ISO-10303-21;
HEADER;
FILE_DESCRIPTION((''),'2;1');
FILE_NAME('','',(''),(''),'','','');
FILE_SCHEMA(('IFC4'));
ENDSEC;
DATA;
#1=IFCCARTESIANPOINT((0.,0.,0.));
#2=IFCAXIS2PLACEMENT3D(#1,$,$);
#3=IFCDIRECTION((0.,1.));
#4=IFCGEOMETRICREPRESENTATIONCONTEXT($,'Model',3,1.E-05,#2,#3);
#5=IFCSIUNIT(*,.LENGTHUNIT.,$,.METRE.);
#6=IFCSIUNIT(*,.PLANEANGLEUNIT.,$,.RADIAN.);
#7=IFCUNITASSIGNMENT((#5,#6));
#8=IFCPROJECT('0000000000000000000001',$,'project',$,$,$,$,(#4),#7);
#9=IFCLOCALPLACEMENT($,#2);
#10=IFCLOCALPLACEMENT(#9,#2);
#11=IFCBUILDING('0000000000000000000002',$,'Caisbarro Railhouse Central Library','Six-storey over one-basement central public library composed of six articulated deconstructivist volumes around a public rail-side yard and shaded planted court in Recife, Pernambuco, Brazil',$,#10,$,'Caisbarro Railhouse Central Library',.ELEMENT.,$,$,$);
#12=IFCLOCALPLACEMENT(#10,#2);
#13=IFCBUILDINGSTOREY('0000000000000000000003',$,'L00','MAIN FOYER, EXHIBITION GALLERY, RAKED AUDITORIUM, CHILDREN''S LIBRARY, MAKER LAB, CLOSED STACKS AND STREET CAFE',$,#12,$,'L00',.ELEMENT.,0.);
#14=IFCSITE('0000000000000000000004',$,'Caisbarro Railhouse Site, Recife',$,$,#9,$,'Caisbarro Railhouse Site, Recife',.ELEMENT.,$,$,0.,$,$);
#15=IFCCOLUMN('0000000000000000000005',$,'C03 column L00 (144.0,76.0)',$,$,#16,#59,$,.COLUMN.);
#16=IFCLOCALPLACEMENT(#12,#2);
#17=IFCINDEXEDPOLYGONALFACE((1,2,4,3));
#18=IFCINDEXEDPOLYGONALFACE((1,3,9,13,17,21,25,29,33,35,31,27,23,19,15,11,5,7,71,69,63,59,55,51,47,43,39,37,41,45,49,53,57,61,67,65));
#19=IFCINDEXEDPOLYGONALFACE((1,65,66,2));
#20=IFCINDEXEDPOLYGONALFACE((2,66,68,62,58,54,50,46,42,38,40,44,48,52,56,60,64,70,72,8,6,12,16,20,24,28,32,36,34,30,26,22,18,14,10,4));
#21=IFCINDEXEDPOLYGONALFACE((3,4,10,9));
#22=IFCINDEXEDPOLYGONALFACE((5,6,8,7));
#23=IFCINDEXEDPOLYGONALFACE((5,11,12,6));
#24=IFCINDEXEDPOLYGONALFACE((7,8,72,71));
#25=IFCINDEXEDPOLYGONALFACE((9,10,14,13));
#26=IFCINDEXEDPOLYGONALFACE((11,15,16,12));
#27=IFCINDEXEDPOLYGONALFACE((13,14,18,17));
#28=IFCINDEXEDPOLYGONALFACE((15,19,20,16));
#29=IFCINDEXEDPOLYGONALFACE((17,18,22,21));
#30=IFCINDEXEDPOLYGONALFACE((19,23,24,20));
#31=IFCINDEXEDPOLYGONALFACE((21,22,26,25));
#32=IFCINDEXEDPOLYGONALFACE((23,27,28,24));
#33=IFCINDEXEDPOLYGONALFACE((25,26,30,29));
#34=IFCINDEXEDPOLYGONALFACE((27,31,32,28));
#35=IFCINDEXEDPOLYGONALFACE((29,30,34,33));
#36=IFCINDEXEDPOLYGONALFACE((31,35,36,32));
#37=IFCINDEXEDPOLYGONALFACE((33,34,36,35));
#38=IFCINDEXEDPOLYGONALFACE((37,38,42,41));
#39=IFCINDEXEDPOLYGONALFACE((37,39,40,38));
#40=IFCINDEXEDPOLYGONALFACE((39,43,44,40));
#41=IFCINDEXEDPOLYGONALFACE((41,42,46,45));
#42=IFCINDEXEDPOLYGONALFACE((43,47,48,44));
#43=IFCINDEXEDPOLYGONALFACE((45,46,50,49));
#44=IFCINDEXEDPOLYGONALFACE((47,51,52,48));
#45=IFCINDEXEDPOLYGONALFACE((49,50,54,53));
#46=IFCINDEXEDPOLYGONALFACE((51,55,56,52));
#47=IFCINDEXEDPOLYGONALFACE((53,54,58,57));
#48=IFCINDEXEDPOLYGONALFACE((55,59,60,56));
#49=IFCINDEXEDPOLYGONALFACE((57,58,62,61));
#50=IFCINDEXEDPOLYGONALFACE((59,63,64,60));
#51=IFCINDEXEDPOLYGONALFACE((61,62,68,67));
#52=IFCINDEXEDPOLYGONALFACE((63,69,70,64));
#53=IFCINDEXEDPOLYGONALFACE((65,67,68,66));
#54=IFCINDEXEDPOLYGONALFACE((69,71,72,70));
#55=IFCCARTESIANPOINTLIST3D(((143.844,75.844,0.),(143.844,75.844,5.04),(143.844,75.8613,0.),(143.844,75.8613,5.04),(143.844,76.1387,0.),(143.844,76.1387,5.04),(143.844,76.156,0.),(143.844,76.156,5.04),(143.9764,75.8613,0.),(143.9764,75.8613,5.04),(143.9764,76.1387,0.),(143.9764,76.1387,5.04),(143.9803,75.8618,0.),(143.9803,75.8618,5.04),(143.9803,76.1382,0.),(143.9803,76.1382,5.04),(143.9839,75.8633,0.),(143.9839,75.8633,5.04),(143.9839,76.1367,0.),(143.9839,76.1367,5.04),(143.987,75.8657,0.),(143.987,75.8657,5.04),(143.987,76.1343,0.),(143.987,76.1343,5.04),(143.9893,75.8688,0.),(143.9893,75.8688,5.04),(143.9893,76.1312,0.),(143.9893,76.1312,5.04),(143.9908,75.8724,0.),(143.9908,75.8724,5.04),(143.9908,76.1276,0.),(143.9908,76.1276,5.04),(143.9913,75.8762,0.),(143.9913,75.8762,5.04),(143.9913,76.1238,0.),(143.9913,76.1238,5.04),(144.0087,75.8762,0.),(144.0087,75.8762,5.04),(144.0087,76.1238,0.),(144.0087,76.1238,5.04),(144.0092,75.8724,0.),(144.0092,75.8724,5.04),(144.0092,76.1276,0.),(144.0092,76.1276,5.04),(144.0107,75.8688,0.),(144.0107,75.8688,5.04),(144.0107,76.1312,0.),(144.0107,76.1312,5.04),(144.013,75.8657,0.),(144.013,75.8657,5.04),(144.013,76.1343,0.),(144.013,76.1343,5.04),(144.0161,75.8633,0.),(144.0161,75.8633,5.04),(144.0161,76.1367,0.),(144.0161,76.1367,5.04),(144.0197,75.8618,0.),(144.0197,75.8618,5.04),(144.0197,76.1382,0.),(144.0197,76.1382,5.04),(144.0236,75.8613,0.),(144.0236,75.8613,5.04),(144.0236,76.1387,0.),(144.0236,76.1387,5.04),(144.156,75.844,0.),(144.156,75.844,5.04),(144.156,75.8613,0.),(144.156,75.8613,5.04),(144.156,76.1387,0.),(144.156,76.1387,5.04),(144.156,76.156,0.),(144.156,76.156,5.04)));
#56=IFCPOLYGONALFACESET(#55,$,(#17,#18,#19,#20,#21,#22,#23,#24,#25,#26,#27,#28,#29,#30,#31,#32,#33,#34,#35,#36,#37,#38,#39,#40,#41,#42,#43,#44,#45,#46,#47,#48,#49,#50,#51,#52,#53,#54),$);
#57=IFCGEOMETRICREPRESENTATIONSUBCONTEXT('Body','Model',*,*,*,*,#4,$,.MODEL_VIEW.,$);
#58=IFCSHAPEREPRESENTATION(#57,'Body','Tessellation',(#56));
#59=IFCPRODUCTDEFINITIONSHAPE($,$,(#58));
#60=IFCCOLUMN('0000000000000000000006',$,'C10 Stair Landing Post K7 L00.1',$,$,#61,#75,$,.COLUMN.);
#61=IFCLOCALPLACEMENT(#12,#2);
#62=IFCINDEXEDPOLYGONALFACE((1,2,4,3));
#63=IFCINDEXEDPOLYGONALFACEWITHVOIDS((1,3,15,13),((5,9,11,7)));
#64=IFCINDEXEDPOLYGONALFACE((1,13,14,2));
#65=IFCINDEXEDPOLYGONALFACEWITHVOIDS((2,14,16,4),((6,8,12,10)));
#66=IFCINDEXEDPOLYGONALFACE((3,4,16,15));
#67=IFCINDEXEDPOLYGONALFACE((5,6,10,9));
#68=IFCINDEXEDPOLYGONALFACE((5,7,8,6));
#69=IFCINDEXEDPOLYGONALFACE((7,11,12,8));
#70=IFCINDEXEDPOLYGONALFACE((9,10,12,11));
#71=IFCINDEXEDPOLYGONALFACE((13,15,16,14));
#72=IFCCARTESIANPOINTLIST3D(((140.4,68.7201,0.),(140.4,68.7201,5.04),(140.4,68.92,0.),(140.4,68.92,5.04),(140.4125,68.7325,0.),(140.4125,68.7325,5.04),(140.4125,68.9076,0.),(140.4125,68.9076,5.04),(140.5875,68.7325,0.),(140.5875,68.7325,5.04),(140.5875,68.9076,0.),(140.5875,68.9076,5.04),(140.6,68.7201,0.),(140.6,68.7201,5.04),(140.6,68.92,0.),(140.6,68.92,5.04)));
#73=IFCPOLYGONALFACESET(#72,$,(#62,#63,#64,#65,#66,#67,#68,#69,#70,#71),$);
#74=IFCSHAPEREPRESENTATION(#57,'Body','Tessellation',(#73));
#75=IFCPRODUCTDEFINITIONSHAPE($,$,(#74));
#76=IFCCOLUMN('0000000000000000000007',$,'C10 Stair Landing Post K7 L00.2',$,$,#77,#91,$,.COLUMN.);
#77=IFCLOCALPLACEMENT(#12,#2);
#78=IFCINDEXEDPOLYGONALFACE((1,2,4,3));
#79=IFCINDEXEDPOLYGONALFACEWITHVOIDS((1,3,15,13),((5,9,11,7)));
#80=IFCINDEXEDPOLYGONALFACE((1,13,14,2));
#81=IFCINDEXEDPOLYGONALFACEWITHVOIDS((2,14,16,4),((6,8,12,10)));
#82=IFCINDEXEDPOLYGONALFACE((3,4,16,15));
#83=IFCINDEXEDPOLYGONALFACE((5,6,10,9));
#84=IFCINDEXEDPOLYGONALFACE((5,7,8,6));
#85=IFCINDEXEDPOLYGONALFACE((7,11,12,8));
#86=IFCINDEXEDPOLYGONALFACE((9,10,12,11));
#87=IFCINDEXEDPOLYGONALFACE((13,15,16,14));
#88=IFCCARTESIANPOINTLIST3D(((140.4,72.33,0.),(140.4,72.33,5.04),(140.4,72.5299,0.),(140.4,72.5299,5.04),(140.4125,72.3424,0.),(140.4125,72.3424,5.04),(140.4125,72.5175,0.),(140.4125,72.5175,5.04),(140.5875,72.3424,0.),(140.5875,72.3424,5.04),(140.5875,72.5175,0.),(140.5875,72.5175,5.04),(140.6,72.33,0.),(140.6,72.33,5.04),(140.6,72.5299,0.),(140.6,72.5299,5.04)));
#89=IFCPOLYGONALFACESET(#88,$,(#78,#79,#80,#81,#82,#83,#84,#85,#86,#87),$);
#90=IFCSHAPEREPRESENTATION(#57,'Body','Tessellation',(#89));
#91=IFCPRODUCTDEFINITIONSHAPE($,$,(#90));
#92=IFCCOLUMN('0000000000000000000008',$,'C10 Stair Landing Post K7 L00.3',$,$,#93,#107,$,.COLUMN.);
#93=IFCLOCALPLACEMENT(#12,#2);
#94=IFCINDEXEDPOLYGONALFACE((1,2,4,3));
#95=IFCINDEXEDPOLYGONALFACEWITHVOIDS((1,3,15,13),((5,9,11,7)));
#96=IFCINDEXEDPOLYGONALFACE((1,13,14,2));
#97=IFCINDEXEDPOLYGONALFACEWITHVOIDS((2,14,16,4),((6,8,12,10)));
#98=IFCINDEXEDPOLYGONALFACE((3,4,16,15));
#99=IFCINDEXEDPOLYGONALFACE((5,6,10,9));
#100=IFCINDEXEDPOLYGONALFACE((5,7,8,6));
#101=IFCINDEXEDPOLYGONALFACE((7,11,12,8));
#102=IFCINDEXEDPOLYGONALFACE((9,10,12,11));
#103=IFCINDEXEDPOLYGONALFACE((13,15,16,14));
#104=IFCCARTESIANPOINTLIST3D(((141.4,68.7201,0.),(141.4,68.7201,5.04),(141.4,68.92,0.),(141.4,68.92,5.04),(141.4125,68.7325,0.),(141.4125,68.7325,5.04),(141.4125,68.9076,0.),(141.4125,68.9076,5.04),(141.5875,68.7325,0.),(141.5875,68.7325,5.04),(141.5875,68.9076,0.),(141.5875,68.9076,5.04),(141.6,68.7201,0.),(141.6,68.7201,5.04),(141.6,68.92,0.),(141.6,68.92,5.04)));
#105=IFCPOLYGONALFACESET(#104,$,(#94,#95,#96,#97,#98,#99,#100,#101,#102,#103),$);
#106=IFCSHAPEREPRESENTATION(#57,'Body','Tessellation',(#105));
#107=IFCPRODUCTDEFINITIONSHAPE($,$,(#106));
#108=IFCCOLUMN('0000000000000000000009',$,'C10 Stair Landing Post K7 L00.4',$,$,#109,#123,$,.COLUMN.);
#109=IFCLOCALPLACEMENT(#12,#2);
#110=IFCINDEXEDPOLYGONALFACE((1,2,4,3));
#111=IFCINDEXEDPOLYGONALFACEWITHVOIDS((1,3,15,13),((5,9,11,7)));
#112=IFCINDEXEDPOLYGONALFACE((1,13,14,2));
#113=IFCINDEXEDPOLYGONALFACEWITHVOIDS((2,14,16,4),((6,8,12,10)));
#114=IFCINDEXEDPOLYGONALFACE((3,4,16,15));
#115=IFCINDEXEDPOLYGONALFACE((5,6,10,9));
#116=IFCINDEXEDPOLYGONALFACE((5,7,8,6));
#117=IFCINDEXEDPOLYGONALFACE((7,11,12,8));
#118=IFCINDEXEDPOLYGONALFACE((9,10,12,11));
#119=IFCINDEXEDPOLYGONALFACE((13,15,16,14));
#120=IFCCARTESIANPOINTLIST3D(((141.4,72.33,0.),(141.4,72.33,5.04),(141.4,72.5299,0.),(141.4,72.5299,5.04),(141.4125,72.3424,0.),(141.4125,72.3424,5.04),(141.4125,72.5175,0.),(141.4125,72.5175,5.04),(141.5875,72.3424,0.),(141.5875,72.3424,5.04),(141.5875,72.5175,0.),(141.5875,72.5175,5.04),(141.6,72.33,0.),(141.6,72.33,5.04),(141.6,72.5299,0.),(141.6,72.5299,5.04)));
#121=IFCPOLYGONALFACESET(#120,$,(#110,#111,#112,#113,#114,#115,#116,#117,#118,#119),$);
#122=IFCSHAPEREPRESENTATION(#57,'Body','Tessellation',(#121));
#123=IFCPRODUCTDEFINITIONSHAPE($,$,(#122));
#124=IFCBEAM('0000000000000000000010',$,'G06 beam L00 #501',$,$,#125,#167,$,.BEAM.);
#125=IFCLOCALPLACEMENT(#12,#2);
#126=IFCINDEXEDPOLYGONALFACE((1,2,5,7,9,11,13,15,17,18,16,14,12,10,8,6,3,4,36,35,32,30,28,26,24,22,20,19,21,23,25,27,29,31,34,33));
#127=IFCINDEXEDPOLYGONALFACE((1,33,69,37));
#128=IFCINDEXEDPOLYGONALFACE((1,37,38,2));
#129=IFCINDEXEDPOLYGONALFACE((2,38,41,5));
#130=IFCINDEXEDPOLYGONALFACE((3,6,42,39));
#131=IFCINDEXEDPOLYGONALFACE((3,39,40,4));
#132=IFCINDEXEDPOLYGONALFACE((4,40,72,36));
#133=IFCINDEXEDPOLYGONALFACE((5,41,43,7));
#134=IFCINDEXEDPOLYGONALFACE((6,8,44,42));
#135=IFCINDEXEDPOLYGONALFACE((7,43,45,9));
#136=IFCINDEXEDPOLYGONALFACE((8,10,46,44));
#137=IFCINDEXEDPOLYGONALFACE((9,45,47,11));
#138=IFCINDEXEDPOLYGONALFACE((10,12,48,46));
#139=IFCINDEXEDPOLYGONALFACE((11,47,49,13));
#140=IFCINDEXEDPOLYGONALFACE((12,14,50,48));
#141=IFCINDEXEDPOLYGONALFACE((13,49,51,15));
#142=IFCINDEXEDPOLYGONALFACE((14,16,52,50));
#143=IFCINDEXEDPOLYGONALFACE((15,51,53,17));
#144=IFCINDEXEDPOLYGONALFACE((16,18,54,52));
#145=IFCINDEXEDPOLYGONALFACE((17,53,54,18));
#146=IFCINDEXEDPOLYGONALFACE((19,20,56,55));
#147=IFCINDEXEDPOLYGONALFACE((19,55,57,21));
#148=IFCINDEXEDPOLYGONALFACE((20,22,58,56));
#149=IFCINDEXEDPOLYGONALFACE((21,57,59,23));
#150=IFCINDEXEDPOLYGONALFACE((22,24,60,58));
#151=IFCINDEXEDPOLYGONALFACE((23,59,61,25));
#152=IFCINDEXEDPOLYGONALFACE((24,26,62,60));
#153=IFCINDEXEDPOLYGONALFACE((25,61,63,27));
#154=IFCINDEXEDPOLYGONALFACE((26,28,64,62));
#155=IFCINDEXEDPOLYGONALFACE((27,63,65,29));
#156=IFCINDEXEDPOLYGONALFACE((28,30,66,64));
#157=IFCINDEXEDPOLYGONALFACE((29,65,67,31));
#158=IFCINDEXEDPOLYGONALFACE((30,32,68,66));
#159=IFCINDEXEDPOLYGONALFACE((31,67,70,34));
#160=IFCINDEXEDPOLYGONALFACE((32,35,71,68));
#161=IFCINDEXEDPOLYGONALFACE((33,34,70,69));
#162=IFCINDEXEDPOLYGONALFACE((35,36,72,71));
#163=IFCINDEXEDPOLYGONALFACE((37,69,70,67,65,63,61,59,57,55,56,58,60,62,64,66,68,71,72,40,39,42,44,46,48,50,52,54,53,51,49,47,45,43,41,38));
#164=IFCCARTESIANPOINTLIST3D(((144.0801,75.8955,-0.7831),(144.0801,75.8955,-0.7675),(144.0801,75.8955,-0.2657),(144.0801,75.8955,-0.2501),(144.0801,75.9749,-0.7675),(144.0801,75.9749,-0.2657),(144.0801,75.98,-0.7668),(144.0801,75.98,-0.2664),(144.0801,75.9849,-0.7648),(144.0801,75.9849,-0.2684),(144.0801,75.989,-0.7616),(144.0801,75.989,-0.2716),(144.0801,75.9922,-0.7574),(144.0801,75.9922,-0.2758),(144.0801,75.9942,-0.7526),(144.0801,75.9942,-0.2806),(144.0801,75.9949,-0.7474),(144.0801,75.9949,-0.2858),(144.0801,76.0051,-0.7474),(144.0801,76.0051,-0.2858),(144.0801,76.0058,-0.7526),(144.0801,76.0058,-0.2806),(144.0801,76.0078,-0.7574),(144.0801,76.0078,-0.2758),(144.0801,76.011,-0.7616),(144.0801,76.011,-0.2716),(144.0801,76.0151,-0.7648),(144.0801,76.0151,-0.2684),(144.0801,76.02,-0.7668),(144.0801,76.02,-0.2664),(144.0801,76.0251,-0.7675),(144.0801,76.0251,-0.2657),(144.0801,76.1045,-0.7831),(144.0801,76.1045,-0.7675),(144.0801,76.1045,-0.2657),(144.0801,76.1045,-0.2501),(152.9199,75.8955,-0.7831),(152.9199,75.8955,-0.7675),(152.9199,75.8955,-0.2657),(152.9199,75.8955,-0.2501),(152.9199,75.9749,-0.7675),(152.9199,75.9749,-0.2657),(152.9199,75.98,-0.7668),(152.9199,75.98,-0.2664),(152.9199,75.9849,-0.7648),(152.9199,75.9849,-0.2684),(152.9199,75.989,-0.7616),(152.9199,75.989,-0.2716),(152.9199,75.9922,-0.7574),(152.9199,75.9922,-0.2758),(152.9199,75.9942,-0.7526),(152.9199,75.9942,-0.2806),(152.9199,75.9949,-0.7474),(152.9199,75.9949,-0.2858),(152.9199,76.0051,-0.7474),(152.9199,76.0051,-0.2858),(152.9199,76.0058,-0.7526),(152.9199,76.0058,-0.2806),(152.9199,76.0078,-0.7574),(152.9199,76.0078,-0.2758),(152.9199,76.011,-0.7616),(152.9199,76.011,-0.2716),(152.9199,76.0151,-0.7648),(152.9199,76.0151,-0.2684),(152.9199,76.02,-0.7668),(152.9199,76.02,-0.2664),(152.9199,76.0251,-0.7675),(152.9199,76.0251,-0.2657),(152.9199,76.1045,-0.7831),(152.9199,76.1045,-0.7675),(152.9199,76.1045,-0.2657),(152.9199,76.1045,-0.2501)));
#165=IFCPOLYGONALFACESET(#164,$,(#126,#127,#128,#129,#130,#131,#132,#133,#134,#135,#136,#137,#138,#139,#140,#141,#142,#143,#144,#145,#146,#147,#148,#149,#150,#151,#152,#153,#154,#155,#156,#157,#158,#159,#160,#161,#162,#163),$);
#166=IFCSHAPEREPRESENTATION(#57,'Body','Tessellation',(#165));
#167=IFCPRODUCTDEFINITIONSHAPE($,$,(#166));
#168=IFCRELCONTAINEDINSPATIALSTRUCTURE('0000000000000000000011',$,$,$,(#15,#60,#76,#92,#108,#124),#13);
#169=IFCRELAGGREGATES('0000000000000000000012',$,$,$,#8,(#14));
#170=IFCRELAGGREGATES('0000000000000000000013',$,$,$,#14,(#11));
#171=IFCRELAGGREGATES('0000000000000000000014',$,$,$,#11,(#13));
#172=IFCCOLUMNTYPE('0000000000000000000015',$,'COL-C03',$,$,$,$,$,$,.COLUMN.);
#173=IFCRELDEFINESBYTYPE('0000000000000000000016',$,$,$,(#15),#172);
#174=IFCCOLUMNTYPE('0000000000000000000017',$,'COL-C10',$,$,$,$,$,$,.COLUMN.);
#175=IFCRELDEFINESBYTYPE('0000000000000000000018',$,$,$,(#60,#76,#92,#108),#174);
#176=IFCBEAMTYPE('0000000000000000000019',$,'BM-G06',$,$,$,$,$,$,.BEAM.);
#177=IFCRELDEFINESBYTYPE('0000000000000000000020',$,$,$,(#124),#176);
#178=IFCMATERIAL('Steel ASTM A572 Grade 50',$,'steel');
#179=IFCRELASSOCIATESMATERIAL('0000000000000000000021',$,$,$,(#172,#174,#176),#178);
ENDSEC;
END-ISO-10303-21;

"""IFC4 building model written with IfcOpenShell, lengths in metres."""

from ifc_helpers import new_model, si_unit, direction, frame, origin, origin_2d, place, context, subcontext, project, spatial, hollow_rectangle, i_section, extrude, material, material_profile, profile_set, type_object, element, save


model = new_model("IFC4")

# Units and contexts
model_context = context("Model", 3, precision=1e-05, world=origin(), true_north=direction((0.0, 1.0)))
body_context = subcontext(model_context, "Body", "Model", "MODEL_VIEW")
ifc_project = project(units=[si_unit("LENGTHUNIT", "METRE"), si_unit("PLANEANGLEUNIT", "RADIAN")], contexts=[model_context])

# Site, building, storey
site_placement = place(None, origin())
site = spatial("IfcSite", under=ifc_project, at=site_placement, Name="Caisbarro Railhouse Site, Recife", LongName="Caisbarro Railhouse Site, Recife", CompositionType="ELEMENT", RefElevation=0.0)
building_placement = place(site_placement, origin())
building = spatial("IfcBuilding", under=site, at=building_placement, Name="Caisbarro Railhouse Central Library", Description="Six-storey over one-basement central public library composed of six articulated deconstructivist volumes around a public rail-side yard and shaded planted court in Recife, Pernambuco, Brazil", LongName="Caisbarro Railhouse Central Library", CompositionType="ELEMENT")
storey_placement = place(building_placement, origin())
storey = spatial("IfcBuildingStorey", under=building, at=storey_placement, Name="L00", Description="MAIN FOYER, EXHIBITION GALLERY, RAKED AUDITORIUM, CHILDREN'S LIBRARY, MAKER LAB, CLOSED STACKS AND STREET CAFE", LongName="L00", CompositionType="ELEMENT", Elevation=0.0)

# Columns
ifc_material_1 = material(Name="Steel ASTM A572 Grade 50", Category="steel")
ifc_material_profile_1 = material_profile(ifc_material_1, i_section(OverallWidth=0.312, OverallDepth=0.312, WebThickness=0.0173, FlangeThickness=0.0173, FilletRadius=0.0149, at=origin_2d()), Name="HP310X125.0")
ifc_profile_set_1 = profile_set([ifc_material_profile_1], Name="Steel ASTM A572 Grade 50")
column_type_1 = type_object("IfcColumnType", Name="COL-C03", PredefinedType="COLUMN", material=ifc_profile_set_1)
column_placement = place(storey_placement, frame((144.0, 76.0, 0.0), z_axis=(0.0, 0.0, 1.0), x_axis=(1.0, 0.0, 0.0)))
element("IfcColumn", 1, at=column_placement, inside=storey, type_object=column_type_1, Name="C03 column L00 (144.0,76.0)", PredefinedType="COLUMN", context=body_context, shape_type="SweptSolid", body=[
    extrude(i_section(OverallWidth=0.312, OverallDepth=0.312, WebThickness=0.0173, FlangeThickness=0.0173, FilletRadius=0.0149, at=origin_2d()), origin(), (0.0, 0.0, 1.0), 5.04),
])
ifc_material_profile_2 = material_profile(ifc_material_1, hollow_rectangle(XDim=0.2, YDim=0.2, WallThickness=0.0125, at=origin_2d()), Name="HSS200X200X12.5")
ifc_profile_set_2 = profile_set([ifc_material_profile_2], Name="Steel ASTM A572 Grade 50")
column_type_2 = type_object("IfcColumnType", Name="COL-C10", PredefinedType="COLUMN", material=ifc_profile_set_2)
for number, where, z_axis, x_axis, name in (
    (2, (140.5, 68.8201, 0.0), (0.0, 0.0, 1.0), (1.0, 0.0, 0.0), "C10 Stair Landing Post K7 L00.1"),
    (3, (140.5, 72.4299, 0.0), (0.0, 0.0, 1.0), (1.0, 0.0, 0.0), "C10 Stair Landing Post K7 L00.2"),
    (4, (141.5, 68.8201, 0.0), (0.0, 0.0, 1.0), (1.0, 0.0, 0.0), "C10 Stair Landing Post K7 L00.3"),
    (5, (141.5, 72.4299, 0.0), (0.0, 0.0, 1.0), (1.0, 0.0, 0.0), "C10 Stair Landing Post K7 L00.4"),
):
    element("IfcColumn", number, at=place(storey_placement, frame(where, z_axis=z_axis, x_axis=x_axis)), inside=storey, type_object=column_type_2, Name=name, PredefinedType="COLUMN", context=body_context, shape_type="SweptSolid", body=[
        extrude(hollow_rectangle(XDim=0.2, YDim=0.2, WallThickness=0.0125, at=origin_2d()), origin(), (0.0, 0.0, 1.0), 5.04),
    ])

# Beam
ifc_material_profile_3 = material_profile(ifc_material_1, i_section(OverallWidth=0.209, OverallDepth=0.533, WebThickness=0.0103, FlangeThickness=0.0156, FilletRadius=0.02, at=origin_2d()), Name="W530X92.0")
ifc_profile_set_3 = profile_set([ifc_material_profile_3], Name="Steel ASTM A572 Grade 50")
beam_type_1 = type_object("IfcBeamType", Name="BM-G06", PredefinedType="BEAM", material=ifc_profile_set_3)
beam_1_placement = place(storey_placement, frame((144.0801, 76.0, -0.5166), z_axis=(1.0, 0.0, 0.0), x_axis=(0.0, 1.0, 0.0)))
element("IfcBeam", 6, at=beam_1_placement, inside=storey, type_object=beam_type_1, Name="G06 beam L00 #501", PredefinedType="BEAM", context=body_context, shape_type="SweptSolid", body=[
    extrude(i_section(OverallWidth=0.209, OverallDepth=0.533, WebThickness=0.0103, FlangeThickness=0.0156, FilletRadius=0.02, at=origin_2d()), origin(), (0.0, 0.0, 1.0), 8.8398),
])

save(model, "model.ifc")
